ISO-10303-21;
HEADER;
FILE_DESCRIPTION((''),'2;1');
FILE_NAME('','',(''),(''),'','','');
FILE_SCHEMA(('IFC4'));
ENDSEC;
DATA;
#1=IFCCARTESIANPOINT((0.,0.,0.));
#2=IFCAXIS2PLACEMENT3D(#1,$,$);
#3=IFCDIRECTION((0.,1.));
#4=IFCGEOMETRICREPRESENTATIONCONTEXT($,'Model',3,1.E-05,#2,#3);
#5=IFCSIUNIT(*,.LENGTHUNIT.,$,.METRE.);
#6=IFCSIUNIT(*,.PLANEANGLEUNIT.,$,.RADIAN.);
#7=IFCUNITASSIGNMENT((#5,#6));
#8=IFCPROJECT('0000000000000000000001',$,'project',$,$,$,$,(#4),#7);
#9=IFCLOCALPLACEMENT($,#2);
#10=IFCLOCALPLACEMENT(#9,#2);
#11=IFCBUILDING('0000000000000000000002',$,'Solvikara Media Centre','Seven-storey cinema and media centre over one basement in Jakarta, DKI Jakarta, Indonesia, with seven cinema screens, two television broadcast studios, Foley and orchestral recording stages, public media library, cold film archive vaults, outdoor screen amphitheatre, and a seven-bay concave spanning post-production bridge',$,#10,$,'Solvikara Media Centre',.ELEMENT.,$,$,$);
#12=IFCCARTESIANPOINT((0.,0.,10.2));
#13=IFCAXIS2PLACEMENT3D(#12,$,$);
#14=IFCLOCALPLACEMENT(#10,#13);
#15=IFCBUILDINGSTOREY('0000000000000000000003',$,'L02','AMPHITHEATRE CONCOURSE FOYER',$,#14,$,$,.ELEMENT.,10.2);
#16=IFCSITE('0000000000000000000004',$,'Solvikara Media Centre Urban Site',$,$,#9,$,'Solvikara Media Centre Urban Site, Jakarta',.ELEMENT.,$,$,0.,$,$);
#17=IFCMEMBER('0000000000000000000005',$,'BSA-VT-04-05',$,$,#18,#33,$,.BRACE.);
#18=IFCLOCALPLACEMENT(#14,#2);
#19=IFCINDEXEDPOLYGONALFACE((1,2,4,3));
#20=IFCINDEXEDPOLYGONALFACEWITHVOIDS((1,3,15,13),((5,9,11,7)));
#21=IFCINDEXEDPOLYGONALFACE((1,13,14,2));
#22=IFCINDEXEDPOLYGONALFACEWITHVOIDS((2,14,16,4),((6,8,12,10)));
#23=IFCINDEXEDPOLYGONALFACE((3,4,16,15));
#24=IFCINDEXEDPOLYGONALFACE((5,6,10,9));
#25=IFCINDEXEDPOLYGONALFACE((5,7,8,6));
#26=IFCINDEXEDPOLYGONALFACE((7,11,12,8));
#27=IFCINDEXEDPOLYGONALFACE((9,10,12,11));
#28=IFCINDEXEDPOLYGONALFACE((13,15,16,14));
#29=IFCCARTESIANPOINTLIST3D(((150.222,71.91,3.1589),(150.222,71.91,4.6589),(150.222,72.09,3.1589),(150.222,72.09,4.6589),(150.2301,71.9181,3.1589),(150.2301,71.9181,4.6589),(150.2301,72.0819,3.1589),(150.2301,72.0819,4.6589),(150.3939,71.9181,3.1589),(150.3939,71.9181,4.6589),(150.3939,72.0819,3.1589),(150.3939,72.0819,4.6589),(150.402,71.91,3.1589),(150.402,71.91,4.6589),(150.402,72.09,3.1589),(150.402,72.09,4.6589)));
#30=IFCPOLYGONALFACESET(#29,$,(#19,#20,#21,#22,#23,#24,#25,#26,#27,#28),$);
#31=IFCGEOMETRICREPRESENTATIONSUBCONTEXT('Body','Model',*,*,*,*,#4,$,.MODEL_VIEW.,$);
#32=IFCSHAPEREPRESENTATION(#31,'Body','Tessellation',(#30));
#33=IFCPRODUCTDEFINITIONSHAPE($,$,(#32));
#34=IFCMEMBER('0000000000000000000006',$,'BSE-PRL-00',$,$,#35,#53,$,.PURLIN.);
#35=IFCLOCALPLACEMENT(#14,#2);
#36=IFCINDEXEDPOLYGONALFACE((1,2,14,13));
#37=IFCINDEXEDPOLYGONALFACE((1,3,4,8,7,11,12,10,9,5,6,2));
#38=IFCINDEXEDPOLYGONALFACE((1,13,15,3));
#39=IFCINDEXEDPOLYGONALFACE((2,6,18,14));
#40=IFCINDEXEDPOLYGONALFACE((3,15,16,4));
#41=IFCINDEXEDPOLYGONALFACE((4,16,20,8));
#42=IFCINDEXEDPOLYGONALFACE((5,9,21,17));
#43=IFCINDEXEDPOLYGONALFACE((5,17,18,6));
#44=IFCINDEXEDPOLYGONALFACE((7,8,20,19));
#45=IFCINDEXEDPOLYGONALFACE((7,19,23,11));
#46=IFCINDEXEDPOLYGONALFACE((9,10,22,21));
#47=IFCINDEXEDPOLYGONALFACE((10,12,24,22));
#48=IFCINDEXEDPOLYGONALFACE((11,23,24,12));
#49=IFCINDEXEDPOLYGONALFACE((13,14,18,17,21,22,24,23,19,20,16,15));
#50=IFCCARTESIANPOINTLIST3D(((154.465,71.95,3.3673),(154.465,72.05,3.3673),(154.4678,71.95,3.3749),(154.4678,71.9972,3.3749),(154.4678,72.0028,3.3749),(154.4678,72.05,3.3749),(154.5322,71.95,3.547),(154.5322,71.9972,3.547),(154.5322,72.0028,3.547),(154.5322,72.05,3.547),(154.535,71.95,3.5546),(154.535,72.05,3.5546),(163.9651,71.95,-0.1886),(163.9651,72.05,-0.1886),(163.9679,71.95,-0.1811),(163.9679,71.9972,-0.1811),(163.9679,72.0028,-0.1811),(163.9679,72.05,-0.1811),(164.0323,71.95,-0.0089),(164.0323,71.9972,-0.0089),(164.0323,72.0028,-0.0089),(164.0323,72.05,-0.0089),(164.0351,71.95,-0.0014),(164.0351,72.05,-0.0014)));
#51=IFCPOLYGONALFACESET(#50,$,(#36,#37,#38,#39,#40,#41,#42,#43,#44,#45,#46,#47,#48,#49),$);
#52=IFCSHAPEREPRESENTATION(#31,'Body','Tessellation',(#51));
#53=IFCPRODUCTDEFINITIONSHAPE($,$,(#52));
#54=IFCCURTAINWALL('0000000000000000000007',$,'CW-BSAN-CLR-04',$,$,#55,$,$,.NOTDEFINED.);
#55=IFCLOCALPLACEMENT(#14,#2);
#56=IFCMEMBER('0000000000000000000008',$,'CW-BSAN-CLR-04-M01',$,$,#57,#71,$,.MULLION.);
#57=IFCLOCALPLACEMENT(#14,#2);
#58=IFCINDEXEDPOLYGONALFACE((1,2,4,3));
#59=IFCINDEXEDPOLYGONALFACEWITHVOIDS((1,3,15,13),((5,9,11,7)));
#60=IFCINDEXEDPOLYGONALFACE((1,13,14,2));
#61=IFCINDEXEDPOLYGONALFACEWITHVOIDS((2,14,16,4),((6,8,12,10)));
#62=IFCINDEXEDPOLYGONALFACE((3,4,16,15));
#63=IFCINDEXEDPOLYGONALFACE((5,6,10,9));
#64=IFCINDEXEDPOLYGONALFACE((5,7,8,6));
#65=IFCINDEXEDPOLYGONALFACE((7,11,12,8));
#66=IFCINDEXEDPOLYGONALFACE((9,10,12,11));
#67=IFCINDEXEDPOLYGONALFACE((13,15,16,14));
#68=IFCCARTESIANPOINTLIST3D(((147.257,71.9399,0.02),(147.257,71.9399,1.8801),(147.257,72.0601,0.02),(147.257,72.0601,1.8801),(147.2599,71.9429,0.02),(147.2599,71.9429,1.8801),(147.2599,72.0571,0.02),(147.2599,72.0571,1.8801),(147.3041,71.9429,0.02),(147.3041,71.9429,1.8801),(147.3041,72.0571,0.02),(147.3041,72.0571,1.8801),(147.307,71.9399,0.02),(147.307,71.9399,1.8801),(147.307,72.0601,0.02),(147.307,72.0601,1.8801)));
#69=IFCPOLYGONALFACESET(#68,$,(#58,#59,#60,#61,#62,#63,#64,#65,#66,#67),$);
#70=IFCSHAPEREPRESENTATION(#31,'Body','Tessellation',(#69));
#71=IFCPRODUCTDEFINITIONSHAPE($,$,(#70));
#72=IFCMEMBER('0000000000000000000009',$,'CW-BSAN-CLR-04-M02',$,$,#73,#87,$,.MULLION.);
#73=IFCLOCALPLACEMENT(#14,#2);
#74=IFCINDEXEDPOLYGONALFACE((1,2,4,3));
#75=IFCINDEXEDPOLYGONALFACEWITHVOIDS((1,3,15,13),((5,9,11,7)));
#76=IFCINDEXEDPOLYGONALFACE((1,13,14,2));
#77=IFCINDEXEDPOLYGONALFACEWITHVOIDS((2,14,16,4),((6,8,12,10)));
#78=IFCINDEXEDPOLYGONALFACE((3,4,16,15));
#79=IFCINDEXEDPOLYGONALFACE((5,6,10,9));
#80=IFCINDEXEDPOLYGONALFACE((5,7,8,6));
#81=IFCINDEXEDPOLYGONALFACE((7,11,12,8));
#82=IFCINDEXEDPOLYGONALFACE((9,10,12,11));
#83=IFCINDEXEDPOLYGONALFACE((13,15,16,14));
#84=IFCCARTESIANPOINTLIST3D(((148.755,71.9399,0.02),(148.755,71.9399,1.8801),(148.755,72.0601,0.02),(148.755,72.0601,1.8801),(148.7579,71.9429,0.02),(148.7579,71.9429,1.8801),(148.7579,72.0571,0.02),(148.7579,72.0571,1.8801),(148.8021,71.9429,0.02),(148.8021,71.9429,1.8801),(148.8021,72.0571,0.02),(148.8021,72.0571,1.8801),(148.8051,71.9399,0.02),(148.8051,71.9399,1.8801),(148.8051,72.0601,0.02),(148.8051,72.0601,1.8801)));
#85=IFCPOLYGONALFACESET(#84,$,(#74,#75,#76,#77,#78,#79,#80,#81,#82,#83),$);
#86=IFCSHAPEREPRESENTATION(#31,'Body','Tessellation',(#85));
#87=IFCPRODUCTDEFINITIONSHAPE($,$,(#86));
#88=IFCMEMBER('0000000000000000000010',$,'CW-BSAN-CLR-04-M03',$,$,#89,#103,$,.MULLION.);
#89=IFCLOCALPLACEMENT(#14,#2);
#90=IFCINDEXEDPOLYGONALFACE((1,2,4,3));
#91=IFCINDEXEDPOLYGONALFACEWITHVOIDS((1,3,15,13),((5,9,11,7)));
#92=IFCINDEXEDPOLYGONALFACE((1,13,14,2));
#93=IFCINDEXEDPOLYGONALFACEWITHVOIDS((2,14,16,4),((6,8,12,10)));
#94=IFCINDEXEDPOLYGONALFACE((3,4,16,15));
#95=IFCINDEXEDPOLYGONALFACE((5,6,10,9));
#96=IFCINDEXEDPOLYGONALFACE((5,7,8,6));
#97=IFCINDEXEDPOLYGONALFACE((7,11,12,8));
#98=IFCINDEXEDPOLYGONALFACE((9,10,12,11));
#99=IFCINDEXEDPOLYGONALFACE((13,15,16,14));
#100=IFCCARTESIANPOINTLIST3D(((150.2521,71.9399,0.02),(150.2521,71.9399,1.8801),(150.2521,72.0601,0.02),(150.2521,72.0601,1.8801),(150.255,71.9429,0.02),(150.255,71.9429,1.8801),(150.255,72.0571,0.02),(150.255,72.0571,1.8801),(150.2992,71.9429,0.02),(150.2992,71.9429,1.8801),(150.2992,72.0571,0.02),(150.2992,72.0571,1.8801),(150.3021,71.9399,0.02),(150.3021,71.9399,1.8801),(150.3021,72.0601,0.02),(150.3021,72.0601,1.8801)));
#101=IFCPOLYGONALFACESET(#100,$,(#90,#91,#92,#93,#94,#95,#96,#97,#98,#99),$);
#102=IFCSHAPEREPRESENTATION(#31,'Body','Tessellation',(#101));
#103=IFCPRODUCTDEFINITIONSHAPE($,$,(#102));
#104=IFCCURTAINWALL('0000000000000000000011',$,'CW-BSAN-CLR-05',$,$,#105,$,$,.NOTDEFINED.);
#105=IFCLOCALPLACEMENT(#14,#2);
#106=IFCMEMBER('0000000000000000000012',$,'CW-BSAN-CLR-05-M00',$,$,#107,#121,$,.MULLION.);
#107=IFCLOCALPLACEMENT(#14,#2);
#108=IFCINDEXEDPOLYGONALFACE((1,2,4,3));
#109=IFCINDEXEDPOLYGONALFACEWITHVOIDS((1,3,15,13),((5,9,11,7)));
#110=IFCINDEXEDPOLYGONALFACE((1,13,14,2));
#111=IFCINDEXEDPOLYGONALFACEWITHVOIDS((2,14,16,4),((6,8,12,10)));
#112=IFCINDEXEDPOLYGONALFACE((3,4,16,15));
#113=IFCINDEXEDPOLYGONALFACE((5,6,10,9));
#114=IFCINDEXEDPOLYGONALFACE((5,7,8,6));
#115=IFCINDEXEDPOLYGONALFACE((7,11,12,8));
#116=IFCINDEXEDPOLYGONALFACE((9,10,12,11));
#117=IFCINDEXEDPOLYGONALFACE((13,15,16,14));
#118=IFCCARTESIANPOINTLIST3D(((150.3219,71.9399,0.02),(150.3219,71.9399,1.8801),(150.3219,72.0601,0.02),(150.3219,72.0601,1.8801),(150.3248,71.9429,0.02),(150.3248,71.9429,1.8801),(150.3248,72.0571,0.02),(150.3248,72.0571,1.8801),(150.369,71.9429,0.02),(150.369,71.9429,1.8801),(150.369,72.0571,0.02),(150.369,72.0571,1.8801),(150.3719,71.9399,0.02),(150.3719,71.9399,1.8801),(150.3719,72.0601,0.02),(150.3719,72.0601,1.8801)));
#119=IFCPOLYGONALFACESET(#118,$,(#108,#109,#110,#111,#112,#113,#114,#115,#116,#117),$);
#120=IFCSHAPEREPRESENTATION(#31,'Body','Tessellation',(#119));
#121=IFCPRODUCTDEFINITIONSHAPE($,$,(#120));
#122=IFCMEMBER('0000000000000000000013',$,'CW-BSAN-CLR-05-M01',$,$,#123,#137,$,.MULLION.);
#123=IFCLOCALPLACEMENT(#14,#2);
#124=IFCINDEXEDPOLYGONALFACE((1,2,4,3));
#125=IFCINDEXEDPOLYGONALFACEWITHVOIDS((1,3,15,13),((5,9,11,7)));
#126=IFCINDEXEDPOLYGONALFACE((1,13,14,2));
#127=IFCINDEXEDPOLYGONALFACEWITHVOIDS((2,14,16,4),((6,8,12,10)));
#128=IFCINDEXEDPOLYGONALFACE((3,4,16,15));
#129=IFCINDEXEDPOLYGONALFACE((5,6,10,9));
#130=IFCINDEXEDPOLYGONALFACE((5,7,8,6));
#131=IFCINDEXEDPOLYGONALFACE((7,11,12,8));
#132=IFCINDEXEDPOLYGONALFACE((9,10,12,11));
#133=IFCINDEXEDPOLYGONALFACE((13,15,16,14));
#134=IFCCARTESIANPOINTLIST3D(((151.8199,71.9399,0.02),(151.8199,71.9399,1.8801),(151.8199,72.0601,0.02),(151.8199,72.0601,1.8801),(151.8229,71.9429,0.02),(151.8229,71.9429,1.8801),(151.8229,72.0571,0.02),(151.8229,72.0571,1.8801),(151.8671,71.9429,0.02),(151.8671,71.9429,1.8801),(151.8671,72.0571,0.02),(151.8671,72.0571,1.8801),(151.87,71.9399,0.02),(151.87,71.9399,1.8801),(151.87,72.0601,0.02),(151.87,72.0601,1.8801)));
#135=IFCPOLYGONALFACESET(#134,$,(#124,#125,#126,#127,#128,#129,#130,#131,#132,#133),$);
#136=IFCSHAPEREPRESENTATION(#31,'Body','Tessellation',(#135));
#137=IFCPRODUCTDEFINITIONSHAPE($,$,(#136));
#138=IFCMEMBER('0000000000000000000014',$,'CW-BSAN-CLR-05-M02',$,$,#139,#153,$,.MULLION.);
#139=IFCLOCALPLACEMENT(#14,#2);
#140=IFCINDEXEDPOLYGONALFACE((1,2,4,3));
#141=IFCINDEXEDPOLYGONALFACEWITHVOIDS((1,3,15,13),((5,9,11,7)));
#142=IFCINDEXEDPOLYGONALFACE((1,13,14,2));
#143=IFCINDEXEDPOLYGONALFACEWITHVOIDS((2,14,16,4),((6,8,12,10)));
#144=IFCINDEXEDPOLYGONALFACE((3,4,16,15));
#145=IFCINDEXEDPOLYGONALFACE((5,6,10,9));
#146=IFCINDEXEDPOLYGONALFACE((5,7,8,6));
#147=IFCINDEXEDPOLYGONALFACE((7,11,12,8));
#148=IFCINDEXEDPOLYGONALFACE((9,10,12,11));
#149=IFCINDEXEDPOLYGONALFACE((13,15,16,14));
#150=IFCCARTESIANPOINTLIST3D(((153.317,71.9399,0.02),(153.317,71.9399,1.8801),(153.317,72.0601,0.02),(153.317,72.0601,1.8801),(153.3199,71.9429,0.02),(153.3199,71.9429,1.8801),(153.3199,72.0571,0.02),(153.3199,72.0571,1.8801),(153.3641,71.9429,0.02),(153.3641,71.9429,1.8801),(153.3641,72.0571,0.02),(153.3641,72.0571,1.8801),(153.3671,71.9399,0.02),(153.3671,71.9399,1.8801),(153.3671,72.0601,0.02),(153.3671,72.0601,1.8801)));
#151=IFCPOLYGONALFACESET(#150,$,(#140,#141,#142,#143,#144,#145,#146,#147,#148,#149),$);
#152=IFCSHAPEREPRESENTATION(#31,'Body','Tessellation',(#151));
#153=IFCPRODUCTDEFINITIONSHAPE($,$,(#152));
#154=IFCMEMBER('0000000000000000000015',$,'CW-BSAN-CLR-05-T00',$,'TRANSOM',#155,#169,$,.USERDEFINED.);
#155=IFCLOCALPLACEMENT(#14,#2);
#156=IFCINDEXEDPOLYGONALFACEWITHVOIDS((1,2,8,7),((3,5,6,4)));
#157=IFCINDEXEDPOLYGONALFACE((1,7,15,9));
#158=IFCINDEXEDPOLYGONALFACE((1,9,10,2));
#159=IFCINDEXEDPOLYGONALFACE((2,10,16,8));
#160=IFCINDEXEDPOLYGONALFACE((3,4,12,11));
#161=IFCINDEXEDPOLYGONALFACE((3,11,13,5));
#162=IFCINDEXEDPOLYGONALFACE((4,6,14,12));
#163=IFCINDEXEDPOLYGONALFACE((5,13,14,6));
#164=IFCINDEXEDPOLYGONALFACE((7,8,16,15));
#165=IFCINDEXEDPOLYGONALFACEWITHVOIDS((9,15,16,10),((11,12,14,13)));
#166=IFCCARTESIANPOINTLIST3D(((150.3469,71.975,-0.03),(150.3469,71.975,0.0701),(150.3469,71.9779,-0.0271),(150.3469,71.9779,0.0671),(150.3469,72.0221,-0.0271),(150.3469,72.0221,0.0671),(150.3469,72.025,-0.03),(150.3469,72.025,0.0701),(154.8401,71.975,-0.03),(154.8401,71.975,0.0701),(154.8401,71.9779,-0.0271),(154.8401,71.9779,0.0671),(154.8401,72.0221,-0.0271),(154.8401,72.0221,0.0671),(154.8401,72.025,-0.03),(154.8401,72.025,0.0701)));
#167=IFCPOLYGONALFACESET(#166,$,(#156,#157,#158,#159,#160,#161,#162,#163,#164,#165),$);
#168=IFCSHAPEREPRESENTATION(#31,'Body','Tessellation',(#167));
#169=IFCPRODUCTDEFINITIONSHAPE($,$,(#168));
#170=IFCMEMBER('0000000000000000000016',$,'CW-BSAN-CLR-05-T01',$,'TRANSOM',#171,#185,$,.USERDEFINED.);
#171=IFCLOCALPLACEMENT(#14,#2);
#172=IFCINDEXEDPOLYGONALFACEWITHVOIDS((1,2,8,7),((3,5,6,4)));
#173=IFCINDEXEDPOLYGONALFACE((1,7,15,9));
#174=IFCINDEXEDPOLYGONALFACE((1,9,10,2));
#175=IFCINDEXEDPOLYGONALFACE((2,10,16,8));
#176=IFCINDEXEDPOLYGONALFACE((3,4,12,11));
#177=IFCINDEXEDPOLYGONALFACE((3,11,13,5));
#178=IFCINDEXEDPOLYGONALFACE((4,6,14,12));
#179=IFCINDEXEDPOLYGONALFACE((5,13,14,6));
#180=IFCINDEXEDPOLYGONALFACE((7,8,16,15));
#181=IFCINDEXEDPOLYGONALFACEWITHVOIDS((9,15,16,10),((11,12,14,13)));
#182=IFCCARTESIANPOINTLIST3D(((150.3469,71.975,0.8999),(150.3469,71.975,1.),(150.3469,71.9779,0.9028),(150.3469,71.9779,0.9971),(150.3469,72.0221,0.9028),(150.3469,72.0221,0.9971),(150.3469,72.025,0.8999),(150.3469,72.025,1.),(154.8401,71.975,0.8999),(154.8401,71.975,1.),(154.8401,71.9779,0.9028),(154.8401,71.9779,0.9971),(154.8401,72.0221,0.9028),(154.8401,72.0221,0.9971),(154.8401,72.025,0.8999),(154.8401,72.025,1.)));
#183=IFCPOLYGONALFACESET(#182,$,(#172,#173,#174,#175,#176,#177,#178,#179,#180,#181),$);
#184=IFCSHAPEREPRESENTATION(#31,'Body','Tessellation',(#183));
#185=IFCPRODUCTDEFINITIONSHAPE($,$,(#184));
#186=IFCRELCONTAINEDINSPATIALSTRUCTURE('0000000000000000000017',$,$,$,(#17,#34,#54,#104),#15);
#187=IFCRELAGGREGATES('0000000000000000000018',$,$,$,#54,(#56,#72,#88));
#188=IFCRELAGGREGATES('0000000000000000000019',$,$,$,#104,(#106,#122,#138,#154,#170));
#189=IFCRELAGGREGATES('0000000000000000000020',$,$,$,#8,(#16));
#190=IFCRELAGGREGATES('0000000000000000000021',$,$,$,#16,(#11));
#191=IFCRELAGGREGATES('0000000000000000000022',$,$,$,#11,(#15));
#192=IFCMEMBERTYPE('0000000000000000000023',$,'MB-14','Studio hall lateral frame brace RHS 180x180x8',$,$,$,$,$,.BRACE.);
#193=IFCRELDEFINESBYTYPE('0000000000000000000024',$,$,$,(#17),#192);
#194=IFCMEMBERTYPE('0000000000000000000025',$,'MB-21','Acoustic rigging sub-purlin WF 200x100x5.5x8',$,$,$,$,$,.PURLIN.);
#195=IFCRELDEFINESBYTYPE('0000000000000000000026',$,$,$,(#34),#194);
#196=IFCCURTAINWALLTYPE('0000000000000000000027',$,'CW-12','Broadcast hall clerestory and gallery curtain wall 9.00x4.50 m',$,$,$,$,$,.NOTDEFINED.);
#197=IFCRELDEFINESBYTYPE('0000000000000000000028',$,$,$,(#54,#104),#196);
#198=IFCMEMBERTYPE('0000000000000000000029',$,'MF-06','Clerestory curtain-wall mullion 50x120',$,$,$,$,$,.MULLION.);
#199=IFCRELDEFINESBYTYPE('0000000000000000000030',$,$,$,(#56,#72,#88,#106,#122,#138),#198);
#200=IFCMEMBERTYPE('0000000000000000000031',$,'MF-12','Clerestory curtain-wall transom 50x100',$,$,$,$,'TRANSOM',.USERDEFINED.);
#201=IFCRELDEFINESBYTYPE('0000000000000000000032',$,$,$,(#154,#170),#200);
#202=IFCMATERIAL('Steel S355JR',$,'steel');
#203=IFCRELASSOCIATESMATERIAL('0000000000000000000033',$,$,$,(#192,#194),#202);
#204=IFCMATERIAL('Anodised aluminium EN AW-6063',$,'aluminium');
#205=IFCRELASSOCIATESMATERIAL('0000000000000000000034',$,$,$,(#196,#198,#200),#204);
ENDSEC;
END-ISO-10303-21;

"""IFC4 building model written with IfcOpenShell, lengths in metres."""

from ifc_helpers import new_model, si_unit, direction, frame, origin, origin_2d, place, context, subcontext, project, spatial, hollow_rectangle, i_section, extrude, material, material_profile, profile_set, type_object, element, aggregate, save


model = new_model("IFC4")

# Units and contexts
model_context = context("Model", 3, precision=1e-05, world=origin(), true_north=direction((0.0, 1.0)))
body_context = subcontext(model_context, "Body", "Model", "MODEL_VIEW")
ifc_project = project(units=[si_unit("LENGTHUNIT", "METRE"), si_unit("PLANEANGLEUNIT", "RADIAN")], contexts=[model_context])

# Site, building, storey
site_placement = place(None, origin())
site = spatial("IfcSite", under=ifc_project, at=site_placement, Name="Solvikara Media Centre Urban Site", LongName="Solvikara Media Centre Urban Site, Jakarta", CompositionType="ELEMENT", RefElevation=0.0)
building_placement = place(site_placement, origin())
building = spatial("IfcBuilding", under=site, at=building_placement, Name="Solvikara Media Centre", Description="Seven-storey cinema and media centre over one basement in Jakarta, DKI Jakarta, Indonesia, with seven cinema screens, two television broadcast studios, Foley and orchestral recording stages, public media library, cold film archive vaults, outdoor screen amphitheatre, and a seven-bay concave spanning post-production bridge", LongName="Solvikara Media Centre", CompositionType="ELEMENT")
storey_placement = place(building_placement, frame((0.0, 0.0, 10.2)))
storey = spatial("IfcBuildingStorey", under=building, at=storey_placement, Name="L02", Description="AMPHITHEATRE CONCOURSE FOYER", CompositionType="ELEMENT", Elevation=10.2)

# Shared definitions
ifc_material_1 = material(Name="Steel S355JR", Category="steel")

# Members
ifc_material_profile_1 = material_profile(ifc_material_1, hollow_rectangle(XDim=0.1799, YDim=0.1799, WallThickness=0.0081, at=origin_2d()), Name="RHS 180x180x8")
ifc_profile_set_1 = profile_set([ifc_material_profile_1], Name="Steel S355JR")
member_type_1 = type_object("IfcMemberType", Name="MB-14", Description="Studio hall lateral frame brace RHS 180x180x8", PredefinedType="BRACE", material=ifc_profile_set_1)
member_1_placement = place(storey_placement, frame((150.312, 72.0, 3.1589), z_axis=(0.0, 0.0, 1.0), x_axis=(1.0, 0.0, 0.0)))
element("IfcMember", 1, at=member_1_placement, inside=storey, type_object=member_type_1, Name="BSA-VT-04-05", PredefinedType="BRACE", context=body_context, shape_type="SweptSolid", body=[
    extrude(hollow_rectangle(XDim=0.1799, YDim=0.1799, WallThickness=0.0081, at=origin_2d()), origin(), (0.0, 0.0, 1.0), 1.5),
])
ifc_material_profile_2 = material_profile(ifc_material_1, i_section(OverallWidth=0.1001, OverallDepth=0.2, WebThickness=0.0056, FlangeThickness=0.0081, at=origin_2d()), Name="WF 200x100x5.5x8")
ifc_profile_set_2 = profile_set([ifc_material_profile_2], Name="Steel S355JR")
member_type_2 = type_object("IfcMemberType", Name="MB-21", Description="Acoustic rigging sub-purlin WF 200x100x5.5x8", PredefinedType="PURLIN", material=ifc_profile_set_2)
member_2_placement = place(storey_placement, frame((154.5, 72.0, 3.4609), z_axis=(0.936543, 0.0, -0.350554), x_axis=(0.0, 1.0, 0.0)))
element("IfcMember", 2, at=member_2_placement, inside=storey, type_object=member_type_2, Name="BSE-PRL-00", PredefinedType="PURLIN", context=body_context, shape_type="SweptSolid", body=[
    extrude(i_section(OverallWidth=0.1001, OverallDepth=0.2, WebThickness=0.0056, FlangeThickness=0.0081, at=origin_2d()), origin(), (0.0, 0.0, 1.0), 10.1438),
])

# Curtain walls, members
ifc_material_2 = material(Name="Anodised aluminium EN AW-6063", Category="aluminium")
curtain_wall_type = type_object("IfcCurtainWallType", Name="CW-12", Description="Broadcast hall clerestory and gallery curtain wall 9.00x4.50 m", PredefinedType="NOTDEFINED", material=ifc_material_2)
curtain_wall_1_placement = place(storey_placement, origin())
curtain_wall_1 = element("IfcCurtainWall", 3, at=curtain_wall_1_placement, inside=storey, type_object=curtain_wall_type, Name="CW-BSAN-CLR-04", PredefinedType="NOTDEFINED")
ifc_material_profile_3 = material_profile(ifc_material_2, hollow_rectangle(XDim=0.05, YDim=0.1201, WallThickness=0.0029, at=origin_2d()), Name="ALU-M 50x120x3")
ifc_profile_set_3 = profile_set([ifc_material_profile_3], Name="Anodised aluminium EN AW-6063")
member_type_3 = type_object("IfcMemberType", Name="MF-06", Description="Clerestory curtain-wall mullion 50x120", PredefinedType="MULLION", material=ifc_profile_set_3)
member_3_placement = place(storey_placement, frame((147.282, 72.0, 0.02), z_axis=(0.0, 0.0, 1.0), x_axis=(1.0, 0.0, 0.0)))
member_3 = element("IfcMember", 4, at=member_3_placement, type_object=member_type_3, Name="CW-BSAN-CLR-04-M01", PredefinedType="MULLION", context=body_context, shape_type="SweptSolid", body=[
    extrude(hollow_rectangle(XDim=0.05, YDim=0.1201, WallThickness=0.0029, at=origin_2d()), origin(), (0.0, 0.0, 1.0), 1.8601),
])
member_4_placement = place(storey_placement, frame((148.78, 72.0, 0.02), z_axis=(0.0, 0.0, 1.0), x_axis=(1.0, 0.0, 0.0)))
member_4 = element("IfcMember", 5, at=member_4_placement, type_object=member_type_3, Name="CW-BSAN-CLR-04-M02", PredefinedType="MULLION", context=body_context, shape_type="SweptSolid", body=[
    extrude(hollow_rectangle(XDim=0.05, YDim=0.1201, WallThickness=0.0029, at=origin_2d()), origin(), (0.0, 0.0, 1.0), 1.8601),
])
member_5_placement = place(storey_placement, frame((150.2771, 72.0, 0.02), z_axis=(0.0, 0.0, 1.0), x_axis=(1.0, 0.0, 0.0)))
member_5 = element("IfcMember", 6, at=member_5_placement, type_object=member_type_3, Name="CW-BSAN-CLR-04-M03", PredefinedType="MULLION", context=body_context, shape_type="SweptSolid", body=[
    extrude(hollow_rectangle(XDim=0.05, YDim=0.1201, WallThickness=0.0029, at=origin_2d()), origin(), (0.0, 0.0, 1.0), 1.8601),
])
curtain_wall_2_placement = place(storey_placement, origin())
curtain_wall_2 = element("IfcCurtainWall", 7, at=curtain_wall_2_placement, inside=storey, type_object=curtain_wall_type, Name="CW-BSAN-CLR-05", PredefinedType="NOTDEFINED")
member_6_placement = place(storey_placement, frame((150.3469, 72.0, 0.02), z_axis=(0.0, 0.0, 1.0), x_axis=(1.0, 0.0, 0.0)))
member_6 = element("IfcMember", 8, at=member_6_placement, type_object=member_type_3, Name="CW-BSAN-CLR-05-M00", PredefinedType="MULLION", context=body_context, shape_type="SweptSolid", body=[
    extrude(hollow_rectangle(XDim=0.05, YDim=0.1201, WallThickness=0.0029, at=origin_2d()), origin(), (0.0, 0.0, 1.0), 1.8601),
])
member_7_placement = place(storey_placement, frame((151.845, 72.0, 0.02), z_axis=(0.0, 0.0, 1.0), x_axis=(1.0, 0.0, 0.0)))
member_7 = element("IfcMember", 9, at=member_7_placement, type_object=member_type_3, Name="CW-BSAN-CLR-05-M01", PredefinedType="MULLION", context=body_context, shape_type="SweptSolid", body=[
    extrude(hollow_rectangle(XDim=0.05, YDim=0.1201, WallThickness=0.0029, at=origin_2d()), origin(), (0.0, 0.0, 1.0), 1.8601),
])
member_8_placement = place(storey_placement, frame((153.342, 72.0, 0.02), z_axis=(0.0, 0.0, 1.0), x_axis=(1.0, 0.0, 0.0)))
member_8 = element("IfcMember", 10, at=member_8_placement, type_object=member_type_3, Name="CW-BSAN-CLR-05-M02", PredefinedType="MULLION", context=body_context, shape_type="SweptSolid", body=[
    extrude(hollow_rectangle(XDim=0.05, YDim=0.1201, WallThickness=0.0029, at=origin_2d()), origin(), (0.0, 0.0, 1.0), 1.8601),
])
ifc_material_profile_4 = material_profile(ifc_material_2, hollow_rectangle(XDim=0.05, YDim=0.1001, WallThickness=0.0029, at=origin_2d()), Name="ALU-T 50x100x3")
ifc_profile_set_4 = profile_set([ifc_material_profile_4], Name="Anodised aluminium EN AW-6063")
member_type_4 = type_object("IfcMemberType", Name="MF-12", Description="Clerestory curtain-wall transom 50x100", ElementType="TRANSOM", PredefinedType="USERDEFINED", material=ifc_profile_set_4)
member_9_placement = place(storey_placement, frame((150.3469, 72.0, 0.02), z_axis=(1.0, 0.0, 0.0), x_axis=(0.0, 1.0, 0.0)))
member_9 = element("IfcMember", 11, at=member_9_placement, type_object=member_type_4, Name="CW-BSAN-CLR-05-T00", ObjectType="TRANSOM", PredefinedType="USERDEFINED", context=body_context, shape_type="SweptSolid", body=[
    extrude(hollow_rectangle(XDim=0.05, YDim=0.1001, WallThickness=0.0029, at=origin_2d()), origin(), (0.0, 0.0, 1.0), 4.4932),
])
member_10_placement = place(storey_placement, frame((150.3469, 72.0, 0.95), z_axis=(1.0, 0.0, 0.0), x_axis=(0.0, 1.0, 0.0)))
member_10 = element("IfcMember", 12, at=member_10_placement, type_object=member_type_4, Name="CW-BSAN-CLR-05-T01", ObjectType="TRANSOM", PredefinedType="USERDEFINED", context=body_context, shape_type="SweptSolid", body=[
    extrude(hollow_rectangle(XDim=0.05, YDim=0.1001, WallThickness=0.0029, at=origin_2d()), origin(), (0.0, 0.0, 1.0), 4.4932),
])

aggregate(curtain_wall_1, [member_3, member_4, member_5])
aggregate(curtain_wall_2, [member_6, member_7, member_8, member_9, member_10])

save(model, "model.ifc")
